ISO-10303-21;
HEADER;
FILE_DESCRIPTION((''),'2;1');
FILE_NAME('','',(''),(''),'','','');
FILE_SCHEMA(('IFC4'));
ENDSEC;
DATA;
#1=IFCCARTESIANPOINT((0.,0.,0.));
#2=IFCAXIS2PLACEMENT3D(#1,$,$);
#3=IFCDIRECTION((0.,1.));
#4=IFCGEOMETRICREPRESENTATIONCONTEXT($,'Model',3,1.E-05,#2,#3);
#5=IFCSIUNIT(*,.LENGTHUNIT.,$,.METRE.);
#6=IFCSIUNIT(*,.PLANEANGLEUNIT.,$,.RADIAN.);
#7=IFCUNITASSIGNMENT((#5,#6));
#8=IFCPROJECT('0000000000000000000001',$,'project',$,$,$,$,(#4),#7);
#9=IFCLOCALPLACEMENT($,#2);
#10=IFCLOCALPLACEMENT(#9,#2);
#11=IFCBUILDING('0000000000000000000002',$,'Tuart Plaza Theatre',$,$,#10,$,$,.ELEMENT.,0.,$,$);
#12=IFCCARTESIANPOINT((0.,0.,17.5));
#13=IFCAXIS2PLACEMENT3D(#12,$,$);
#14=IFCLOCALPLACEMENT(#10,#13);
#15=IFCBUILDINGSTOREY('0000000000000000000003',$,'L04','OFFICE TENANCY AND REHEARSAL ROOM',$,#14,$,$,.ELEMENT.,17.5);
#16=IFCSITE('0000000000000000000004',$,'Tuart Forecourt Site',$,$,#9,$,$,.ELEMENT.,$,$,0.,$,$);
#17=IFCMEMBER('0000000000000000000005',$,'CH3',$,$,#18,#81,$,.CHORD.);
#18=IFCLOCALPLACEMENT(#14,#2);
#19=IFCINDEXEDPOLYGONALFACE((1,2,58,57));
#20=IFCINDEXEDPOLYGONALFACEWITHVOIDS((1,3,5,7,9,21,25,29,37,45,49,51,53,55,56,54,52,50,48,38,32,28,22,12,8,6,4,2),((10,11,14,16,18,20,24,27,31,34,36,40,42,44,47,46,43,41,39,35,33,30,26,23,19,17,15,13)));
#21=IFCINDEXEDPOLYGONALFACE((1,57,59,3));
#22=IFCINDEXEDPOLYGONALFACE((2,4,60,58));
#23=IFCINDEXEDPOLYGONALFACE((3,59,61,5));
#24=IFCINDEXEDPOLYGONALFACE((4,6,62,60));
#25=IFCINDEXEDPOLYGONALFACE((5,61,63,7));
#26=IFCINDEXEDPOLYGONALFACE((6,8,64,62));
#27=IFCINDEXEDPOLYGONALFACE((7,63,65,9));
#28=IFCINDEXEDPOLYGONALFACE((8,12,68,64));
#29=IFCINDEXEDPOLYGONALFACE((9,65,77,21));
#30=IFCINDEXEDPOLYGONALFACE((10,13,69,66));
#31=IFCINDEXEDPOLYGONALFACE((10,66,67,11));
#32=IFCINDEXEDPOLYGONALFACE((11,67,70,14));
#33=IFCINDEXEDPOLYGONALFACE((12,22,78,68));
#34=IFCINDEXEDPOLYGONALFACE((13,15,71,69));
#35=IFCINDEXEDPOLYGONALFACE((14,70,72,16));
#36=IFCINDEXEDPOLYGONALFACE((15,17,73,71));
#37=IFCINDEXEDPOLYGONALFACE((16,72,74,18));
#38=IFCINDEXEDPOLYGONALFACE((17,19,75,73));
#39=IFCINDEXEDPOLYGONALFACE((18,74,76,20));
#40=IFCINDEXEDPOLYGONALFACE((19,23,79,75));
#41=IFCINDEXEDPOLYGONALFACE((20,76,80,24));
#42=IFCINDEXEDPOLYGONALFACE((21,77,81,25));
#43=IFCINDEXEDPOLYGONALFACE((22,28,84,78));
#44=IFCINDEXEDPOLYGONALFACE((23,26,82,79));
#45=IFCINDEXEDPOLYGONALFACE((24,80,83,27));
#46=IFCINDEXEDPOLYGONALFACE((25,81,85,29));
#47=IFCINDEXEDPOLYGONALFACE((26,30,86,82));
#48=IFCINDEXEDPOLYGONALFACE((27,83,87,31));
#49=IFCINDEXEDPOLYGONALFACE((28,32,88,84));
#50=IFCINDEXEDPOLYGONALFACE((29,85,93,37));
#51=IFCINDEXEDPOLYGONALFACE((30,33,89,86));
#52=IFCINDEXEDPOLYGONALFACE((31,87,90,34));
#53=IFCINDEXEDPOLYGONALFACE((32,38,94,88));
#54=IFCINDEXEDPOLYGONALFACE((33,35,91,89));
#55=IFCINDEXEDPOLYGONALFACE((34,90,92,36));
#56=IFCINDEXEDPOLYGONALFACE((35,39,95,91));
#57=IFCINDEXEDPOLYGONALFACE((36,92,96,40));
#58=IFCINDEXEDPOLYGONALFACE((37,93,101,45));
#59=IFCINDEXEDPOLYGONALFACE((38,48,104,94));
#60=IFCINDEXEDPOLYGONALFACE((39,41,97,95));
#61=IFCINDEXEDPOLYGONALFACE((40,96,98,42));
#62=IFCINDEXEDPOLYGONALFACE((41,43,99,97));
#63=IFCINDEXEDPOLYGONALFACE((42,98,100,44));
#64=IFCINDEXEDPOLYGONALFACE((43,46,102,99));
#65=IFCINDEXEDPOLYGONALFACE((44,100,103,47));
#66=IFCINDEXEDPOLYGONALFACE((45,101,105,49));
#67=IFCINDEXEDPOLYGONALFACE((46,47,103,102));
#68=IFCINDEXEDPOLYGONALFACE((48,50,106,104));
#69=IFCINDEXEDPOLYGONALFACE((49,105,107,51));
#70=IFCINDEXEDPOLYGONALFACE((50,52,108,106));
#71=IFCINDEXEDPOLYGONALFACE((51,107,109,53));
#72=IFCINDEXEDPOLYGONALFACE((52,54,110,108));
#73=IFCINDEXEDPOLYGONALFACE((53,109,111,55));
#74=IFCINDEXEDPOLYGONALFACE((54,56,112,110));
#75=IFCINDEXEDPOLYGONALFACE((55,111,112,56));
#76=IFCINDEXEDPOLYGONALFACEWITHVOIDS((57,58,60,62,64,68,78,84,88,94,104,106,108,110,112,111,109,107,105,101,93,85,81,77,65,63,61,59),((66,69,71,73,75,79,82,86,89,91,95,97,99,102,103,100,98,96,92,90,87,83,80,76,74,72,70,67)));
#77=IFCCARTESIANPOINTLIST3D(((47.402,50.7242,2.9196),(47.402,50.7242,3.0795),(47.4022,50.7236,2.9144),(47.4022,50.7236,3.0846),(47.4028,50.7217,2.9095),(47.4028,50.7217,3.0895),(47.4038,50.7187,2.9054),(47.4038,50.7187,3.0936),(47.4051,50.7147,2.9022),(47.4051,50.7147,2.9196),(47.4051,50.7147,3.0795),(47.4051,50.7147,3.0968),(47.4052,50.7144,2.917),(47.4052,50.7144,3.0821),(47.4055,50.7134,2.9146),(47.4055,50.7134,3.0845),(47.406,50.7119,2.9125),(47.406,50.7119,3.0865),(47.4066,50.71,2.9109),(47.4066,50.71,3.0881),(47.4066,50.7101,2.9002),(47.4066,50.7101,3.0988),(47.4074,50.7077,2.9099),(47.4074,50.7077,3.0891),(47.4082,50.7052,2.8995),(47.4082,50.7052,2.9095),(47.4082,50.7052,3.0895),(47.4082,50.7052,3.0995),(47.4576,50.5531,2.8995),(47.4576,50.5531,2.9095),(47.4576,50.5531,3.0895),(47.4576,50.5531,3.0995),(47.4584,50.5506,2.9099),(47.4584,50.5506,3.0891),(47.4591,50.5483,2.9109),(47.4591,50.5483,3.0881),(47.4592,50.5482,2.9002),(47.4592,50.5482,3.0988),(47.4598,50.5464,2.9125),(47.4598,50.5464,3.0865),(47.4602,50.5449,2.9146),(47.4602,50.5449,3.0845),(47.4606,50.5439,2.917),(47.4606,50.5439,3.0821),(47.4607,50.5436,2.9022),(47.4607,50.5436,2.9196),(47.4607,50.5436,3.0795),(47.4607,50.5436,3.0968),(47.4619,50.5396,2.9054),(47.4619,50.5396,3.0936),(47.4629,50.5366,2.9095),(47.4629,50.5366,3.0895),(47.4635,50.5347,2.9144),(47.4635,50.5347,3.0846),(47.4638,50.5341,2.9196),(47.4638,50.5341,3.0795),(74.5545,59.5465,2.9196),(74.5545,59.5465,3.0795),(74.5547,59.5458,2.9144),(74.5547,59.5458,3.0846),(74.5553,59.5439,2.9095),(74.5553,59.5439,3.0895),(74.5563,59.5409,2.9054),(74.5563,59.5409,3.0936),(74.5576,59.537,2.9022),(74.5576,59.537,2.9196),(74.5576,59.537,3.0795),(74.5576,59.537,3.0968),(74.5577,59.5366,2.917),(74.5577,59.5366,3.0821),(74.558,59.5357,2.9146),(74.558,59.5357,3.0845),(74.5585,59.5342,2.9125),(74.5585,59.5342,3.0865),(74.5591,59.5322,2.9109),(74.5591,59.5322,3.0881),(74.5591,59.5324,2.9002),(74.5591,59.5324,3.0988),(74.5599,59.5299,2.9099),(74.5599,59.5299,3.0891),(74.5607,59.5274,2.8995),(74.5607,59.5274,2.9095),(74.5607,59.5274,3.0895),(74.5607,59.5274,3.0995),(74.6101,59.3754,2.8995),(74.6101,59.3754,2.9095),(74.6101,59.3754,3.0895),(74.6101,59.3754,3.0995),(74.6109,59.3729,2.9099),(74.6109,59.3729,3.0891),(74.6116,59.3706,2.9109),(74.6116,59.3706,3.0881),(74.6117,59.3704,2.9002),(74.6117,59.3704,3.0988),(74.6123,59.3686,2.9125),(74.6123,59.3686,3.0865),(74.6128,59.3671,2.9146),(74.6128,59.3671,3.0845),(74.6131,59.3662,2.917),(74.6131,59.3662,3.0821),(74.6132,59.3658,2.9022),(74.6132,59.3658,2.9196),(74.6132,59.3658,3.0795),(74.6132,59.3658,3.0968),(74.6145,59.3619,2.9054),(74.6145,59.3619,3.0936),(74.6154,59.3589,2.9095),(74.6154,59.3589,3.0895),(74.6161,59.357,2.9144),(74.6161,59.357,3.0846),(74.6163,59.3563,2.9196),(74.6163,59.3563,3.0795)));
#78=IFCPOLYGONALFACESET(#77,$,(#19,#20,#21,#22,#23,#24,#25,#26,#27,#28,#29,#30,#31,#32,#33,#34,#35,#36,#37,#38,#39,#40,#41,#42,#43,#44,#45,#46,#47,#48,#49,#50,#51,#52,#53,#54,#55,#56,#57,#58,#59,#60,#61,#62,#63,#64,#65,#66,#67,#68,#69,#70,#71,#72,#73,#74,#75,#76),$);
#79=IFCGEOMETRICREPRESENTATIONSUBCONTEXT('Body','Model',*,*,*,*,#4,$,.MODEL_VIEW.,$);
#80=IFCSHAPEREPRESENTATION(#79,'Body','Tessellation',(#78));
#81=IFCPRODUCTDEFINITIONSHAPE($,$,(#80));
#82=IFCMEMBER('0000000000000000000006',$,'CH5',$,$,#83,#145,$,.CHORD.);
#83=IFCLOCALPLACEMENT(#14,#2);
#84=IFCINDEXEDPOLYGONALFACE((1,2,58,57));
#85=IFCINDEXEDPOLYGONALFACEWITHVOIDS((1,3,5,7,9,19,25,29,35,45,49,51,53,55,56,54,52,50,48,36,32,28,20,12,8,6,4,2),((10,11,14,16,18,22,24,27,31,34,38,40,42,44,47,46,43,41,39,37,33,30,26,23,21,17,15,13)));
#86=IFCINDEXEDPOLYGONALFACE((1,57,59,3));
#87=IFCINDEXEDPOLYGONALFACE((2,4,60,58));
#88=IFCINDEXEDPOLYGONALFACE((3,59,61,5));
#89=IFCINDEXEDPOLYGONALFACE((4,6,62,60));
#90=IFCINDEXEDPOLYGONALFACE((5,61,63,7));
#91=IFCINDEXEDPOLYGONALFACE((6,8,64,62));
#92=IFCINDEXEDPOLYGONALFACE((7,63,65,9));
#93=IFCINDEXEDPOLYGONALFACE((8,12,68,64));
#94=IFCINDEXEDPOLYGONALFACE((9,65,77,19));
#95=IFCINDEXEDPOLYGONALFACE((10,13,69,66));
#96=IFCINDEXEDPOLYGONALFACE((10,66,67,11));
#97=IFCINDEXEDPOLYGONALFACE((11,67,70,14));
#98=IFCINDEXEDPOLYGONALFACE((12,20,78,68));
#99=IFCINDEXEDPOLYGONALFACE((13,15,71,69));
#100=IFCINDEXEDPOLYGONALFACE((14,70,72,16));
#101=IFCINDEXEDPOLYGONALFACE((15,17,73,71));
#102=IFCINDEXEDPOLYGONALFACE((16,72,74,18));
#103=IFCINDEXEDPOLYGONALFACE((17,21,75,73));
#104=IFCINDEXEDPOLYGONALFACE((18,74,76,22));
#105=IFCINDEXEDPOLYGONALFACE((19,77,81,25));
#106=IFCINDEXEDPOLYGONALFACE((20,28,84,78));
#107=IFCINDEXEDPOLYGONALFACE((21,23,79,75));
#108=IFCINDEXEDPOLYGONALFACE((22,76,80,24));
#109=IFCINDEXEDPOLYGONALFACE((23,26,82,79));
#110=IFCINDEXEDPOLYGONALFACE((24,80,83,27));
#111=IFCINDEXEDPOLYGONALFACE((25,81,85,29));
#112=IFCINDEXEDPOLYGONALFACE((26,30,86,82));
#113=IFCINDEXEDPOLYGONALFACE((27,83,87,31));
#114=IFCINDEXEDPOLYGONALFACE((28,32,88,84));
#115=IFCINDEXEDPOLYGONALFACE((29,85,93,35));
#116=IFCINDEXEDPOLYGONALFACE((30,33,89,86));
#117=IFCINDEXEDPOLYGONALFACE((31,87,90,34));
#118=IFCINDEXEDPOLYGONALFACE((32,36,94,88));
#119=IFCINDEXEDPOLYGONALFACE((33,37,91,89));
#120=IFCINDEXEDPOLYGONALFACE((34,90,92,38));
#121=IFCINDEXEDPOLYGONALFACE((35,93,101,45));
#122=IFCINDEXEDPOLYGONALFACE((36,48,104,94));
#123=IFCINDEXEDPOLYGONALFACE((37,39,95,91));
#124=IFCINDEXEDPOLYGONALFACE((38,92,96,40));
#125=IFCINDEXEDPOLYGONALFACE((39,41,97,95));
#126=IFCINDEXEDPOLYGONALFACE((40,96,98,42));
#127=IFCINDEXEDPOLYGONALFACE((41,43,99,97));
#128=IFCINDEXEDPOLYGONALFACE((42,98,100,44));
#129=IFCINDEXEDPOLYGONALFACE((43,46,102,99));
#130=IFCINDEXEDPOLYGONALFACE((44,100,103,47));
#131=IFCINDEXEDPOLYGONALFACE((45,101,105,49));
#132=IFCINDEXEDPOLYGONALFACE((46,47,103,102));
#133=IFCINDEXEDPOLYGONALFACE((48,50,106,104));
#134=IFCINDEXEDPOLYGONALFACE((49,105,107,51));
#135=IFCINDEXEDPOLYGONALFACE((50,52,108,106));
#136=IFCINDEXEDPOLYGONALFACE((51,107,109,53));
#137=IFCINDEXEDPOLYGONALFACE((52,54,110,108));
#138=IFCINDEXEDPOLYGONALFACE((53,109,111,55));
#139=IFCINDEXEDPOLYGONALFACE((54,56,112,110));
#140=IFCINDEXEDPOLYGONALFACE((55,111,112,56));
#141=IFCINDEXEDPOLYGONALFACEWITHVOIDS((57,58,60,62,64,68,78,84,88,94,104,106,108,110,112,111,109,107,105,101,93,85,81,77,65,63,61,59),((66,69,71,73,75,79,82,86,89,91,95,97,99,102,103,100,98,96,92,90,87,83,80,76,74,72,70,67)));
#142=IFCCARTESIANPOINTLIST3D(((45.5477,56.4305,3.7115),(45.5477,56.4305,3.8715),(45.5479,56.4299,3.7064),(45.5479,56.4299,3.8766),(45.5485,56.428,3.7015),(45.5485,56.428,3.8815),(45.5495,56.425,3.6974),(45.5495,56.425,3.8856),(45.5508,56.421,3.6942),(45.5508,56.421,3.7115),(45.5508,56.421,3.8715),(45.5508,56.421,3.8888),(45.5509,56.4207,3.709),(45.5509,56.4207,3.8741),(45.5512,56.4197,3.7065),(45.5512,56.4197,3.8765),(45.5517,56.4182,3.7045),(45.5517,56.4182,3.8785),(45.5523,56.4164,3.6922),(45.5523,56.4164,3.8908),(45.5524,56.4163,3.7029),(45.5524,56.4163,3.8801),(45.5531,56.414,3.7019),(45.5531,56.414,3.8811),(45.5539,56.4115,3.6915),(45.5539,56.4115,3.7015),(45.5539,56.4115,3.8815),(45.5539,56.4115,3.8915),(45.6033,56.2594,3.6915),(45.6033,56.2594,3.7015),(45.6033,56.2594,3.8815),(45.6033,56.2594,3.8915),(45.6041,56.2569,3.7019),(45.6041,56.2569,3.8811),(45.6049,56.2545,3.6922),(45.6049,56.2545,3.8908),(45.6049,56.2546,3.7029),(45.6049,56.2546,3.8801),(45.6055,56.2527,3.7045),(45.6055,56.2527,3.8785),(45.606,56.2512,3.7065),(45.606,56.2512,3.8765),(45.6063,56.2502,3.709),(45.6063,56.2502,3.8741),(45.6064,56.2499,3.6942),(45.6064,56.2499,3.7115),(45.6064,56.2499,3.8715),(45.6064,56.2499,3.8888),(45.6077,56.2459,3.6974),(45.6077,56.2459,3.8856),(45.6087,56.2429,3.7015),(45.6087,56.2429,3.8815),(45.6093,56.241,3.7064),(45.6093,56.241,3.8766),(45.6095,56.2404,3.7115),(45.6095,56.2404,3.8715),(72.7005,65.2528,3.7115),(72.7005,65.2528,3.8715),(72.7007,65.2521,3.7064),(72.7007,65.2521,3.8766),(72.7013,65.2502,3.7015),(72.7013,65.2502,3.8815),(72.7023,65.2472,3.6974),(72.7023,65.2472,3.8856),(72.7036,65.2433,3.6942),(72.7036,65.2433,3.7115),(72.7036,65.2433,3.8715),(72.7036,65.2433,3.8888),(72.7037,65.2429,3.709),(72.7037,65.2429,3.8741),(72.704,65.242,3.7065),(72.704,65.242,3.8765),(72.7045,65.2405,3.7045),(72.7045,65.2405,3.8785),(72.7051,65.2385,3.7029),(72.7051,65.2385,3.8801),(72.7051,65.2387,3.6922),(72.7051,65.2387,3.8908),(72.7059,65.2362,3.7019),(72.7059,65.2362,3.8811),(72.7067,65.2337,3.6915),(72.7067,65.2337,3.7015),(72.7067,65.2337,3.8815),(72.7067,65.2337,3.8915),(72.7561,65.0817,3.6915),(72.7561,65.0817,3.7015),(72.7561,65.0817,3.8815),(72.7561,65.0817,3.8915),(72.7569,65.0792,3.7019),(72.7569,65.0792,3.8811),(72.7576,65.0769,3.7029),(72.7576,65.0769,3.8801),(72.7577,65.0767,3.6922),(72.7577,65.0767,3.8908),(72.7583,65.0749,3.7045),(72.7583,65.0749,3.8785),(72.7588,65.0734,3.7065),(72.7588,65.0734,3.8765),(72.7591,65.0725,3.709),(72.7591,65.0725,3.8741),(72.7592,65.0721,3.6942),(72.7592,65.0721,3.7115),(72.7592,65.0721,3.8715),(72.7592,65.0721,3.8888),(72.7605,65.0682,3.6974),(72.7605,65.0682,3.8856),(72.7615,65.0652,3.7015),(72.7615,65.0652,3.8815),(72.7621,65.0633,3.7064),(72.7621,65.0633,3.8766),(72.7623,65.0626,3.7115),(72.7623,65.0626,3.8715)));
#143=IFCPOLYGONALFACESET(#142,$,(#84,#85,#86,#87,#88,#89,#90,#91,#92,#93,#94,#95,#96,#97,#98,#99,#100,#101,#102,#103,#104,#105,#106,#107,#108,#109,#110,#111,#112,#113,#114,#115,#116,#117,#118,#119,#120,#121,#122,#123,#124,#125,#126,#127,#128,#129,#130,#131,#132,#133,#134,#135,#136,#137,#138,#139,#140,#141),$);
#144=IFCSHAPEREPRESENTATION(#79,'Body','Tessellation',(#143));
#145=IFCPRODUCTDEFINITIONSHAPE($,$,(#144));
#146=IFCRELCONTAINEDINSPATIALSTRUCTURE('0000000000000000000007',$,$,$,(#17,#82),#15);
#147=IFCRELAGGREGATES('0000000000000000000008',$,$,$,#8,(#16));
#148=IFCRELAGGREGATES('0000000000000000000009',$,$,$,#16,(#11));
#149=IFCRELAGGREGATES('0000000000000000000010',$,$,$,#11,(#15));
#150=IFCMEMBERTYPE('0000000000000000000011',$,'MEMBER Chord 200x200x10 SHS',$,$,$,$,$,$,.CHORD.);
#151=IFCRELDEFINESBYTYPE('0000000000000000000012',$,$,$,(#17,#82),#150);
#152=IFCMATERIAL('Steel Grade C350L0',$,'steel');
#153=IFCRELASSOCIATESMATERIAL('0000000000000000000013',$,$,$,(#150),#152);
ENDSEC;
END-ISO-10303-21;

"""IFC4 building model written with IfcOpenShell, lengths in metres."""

from ifc_helpers import new_model, si_unit, direction, frame, origin, origin_2d, place, context, subcontext, project, spatial, hollow_rectangle, extrude, material, material_profile, profile_set, type_object, element, save


model = new_model("IFC4")

# Units and contexts
model_context = context("Model", 3, precision=1e-05, world=origin(), true_north=direction((0.0, 1.0)))
body_context = subcontext(model_context, "Body", "Model", "MODEL_VIEW")
ifc_project = project(units=[si_unit("LENGTHUNIT", "METRE"), si_unit("PLANEANGLEUNIT", "RADIAN")], contexts=[model_context])

# Site, building, storey
site_placement = place(None, origin())
site = spatial("IfcSite", under=ifc_project, at=site_placement, Name="Tuart Forecourt Site", CompositionType="ELEMENT", RefElevation=0.0)
building_placement = place(site_placement, origin())
building = spatial("IfcBuilding", under=site, at=building_placement, Name="Tuart Plaza Theatre", CompositionType="ELEMENT", ElevationOfRefHeight=0.0)
storey_placement = place(building_placement, frame((0.0, 0.0, 17.5)))
storey = spatial("IfcBuildingStorey", under=building, at=storey_placement, Name="L04", Description="OFFICE TENANCY AND REHEARSAL ROOM", CompositionType="ELEMENT", Elevation=17.5)

# Members
ifc_material_1 = material(Name="Steel Grade C350L0", Category="steel")
ifc_material_profile_1 = material_profile(ifc_material_1, hollow_rectangle(XDim=0.2, YDim=0.2, WallThickness=0.01, InnerFilletRadius=0.01, OuterFilletRadius=0.02, at=origin_2d()), Name="200x200x10 SHS")
ifc_profile_set_1 = profile_set([ifc_material_profile_1], Name="Steel Grade C350L0")
member_type_1 = type_object("IfcMemberType", Name="MEMBER Chord 200x200x10 SHS", PredefinedType="CHORD", material=ifc_profile_set_1)
member_1_placement = place(storey_placement, frame((47.4329, 50.6292, 2.9995), z_axis=(0.951058, 0.309012, 0.0), x_axis=(-0.309012, 0.951058, 0.0)))
element("IfcMember", 1, at=member_1_placement, inside=storey, type_object=member_type_1, Name="CH3", PredefinedType="CHORD", context=body_context, shape_type="SweptSolid", body=[
    extrude(hollow_rectangle(XDim=0.2, YDim=0.2, WallThickness=0.01, InnerFilletRadius=0.01, OuterFilletRadius=0.02, at=origin_2d()), origin(), (0.0, 0.0, 1.0), 28.5498),
])
member_2_placement = place(storey_placement, frame((45.5786, 56.3354, 3.7915), z_axis=(0.951059, 0.30901, 0.0), x_axis=(-0.30901, 0.951059, 0.0)))
element("IfcMember", 2, at=member_2_placement, inside=storey, type_object=member_type_1, Name="CH5", PredefinedType="CHORD", context=body_context, shape_type="SweptSolid", body=[
    extrude(hollow_rectangle(XDim=0.2, YDim=0.2, WallThickness=0.01, InnerFilletRadius=0.01, OuterFilletRadius=0.02, at=origin_2d()), origin(), (0.0, 0.0, 1.0), 28.55),
])

save(model, "model.ifc")
